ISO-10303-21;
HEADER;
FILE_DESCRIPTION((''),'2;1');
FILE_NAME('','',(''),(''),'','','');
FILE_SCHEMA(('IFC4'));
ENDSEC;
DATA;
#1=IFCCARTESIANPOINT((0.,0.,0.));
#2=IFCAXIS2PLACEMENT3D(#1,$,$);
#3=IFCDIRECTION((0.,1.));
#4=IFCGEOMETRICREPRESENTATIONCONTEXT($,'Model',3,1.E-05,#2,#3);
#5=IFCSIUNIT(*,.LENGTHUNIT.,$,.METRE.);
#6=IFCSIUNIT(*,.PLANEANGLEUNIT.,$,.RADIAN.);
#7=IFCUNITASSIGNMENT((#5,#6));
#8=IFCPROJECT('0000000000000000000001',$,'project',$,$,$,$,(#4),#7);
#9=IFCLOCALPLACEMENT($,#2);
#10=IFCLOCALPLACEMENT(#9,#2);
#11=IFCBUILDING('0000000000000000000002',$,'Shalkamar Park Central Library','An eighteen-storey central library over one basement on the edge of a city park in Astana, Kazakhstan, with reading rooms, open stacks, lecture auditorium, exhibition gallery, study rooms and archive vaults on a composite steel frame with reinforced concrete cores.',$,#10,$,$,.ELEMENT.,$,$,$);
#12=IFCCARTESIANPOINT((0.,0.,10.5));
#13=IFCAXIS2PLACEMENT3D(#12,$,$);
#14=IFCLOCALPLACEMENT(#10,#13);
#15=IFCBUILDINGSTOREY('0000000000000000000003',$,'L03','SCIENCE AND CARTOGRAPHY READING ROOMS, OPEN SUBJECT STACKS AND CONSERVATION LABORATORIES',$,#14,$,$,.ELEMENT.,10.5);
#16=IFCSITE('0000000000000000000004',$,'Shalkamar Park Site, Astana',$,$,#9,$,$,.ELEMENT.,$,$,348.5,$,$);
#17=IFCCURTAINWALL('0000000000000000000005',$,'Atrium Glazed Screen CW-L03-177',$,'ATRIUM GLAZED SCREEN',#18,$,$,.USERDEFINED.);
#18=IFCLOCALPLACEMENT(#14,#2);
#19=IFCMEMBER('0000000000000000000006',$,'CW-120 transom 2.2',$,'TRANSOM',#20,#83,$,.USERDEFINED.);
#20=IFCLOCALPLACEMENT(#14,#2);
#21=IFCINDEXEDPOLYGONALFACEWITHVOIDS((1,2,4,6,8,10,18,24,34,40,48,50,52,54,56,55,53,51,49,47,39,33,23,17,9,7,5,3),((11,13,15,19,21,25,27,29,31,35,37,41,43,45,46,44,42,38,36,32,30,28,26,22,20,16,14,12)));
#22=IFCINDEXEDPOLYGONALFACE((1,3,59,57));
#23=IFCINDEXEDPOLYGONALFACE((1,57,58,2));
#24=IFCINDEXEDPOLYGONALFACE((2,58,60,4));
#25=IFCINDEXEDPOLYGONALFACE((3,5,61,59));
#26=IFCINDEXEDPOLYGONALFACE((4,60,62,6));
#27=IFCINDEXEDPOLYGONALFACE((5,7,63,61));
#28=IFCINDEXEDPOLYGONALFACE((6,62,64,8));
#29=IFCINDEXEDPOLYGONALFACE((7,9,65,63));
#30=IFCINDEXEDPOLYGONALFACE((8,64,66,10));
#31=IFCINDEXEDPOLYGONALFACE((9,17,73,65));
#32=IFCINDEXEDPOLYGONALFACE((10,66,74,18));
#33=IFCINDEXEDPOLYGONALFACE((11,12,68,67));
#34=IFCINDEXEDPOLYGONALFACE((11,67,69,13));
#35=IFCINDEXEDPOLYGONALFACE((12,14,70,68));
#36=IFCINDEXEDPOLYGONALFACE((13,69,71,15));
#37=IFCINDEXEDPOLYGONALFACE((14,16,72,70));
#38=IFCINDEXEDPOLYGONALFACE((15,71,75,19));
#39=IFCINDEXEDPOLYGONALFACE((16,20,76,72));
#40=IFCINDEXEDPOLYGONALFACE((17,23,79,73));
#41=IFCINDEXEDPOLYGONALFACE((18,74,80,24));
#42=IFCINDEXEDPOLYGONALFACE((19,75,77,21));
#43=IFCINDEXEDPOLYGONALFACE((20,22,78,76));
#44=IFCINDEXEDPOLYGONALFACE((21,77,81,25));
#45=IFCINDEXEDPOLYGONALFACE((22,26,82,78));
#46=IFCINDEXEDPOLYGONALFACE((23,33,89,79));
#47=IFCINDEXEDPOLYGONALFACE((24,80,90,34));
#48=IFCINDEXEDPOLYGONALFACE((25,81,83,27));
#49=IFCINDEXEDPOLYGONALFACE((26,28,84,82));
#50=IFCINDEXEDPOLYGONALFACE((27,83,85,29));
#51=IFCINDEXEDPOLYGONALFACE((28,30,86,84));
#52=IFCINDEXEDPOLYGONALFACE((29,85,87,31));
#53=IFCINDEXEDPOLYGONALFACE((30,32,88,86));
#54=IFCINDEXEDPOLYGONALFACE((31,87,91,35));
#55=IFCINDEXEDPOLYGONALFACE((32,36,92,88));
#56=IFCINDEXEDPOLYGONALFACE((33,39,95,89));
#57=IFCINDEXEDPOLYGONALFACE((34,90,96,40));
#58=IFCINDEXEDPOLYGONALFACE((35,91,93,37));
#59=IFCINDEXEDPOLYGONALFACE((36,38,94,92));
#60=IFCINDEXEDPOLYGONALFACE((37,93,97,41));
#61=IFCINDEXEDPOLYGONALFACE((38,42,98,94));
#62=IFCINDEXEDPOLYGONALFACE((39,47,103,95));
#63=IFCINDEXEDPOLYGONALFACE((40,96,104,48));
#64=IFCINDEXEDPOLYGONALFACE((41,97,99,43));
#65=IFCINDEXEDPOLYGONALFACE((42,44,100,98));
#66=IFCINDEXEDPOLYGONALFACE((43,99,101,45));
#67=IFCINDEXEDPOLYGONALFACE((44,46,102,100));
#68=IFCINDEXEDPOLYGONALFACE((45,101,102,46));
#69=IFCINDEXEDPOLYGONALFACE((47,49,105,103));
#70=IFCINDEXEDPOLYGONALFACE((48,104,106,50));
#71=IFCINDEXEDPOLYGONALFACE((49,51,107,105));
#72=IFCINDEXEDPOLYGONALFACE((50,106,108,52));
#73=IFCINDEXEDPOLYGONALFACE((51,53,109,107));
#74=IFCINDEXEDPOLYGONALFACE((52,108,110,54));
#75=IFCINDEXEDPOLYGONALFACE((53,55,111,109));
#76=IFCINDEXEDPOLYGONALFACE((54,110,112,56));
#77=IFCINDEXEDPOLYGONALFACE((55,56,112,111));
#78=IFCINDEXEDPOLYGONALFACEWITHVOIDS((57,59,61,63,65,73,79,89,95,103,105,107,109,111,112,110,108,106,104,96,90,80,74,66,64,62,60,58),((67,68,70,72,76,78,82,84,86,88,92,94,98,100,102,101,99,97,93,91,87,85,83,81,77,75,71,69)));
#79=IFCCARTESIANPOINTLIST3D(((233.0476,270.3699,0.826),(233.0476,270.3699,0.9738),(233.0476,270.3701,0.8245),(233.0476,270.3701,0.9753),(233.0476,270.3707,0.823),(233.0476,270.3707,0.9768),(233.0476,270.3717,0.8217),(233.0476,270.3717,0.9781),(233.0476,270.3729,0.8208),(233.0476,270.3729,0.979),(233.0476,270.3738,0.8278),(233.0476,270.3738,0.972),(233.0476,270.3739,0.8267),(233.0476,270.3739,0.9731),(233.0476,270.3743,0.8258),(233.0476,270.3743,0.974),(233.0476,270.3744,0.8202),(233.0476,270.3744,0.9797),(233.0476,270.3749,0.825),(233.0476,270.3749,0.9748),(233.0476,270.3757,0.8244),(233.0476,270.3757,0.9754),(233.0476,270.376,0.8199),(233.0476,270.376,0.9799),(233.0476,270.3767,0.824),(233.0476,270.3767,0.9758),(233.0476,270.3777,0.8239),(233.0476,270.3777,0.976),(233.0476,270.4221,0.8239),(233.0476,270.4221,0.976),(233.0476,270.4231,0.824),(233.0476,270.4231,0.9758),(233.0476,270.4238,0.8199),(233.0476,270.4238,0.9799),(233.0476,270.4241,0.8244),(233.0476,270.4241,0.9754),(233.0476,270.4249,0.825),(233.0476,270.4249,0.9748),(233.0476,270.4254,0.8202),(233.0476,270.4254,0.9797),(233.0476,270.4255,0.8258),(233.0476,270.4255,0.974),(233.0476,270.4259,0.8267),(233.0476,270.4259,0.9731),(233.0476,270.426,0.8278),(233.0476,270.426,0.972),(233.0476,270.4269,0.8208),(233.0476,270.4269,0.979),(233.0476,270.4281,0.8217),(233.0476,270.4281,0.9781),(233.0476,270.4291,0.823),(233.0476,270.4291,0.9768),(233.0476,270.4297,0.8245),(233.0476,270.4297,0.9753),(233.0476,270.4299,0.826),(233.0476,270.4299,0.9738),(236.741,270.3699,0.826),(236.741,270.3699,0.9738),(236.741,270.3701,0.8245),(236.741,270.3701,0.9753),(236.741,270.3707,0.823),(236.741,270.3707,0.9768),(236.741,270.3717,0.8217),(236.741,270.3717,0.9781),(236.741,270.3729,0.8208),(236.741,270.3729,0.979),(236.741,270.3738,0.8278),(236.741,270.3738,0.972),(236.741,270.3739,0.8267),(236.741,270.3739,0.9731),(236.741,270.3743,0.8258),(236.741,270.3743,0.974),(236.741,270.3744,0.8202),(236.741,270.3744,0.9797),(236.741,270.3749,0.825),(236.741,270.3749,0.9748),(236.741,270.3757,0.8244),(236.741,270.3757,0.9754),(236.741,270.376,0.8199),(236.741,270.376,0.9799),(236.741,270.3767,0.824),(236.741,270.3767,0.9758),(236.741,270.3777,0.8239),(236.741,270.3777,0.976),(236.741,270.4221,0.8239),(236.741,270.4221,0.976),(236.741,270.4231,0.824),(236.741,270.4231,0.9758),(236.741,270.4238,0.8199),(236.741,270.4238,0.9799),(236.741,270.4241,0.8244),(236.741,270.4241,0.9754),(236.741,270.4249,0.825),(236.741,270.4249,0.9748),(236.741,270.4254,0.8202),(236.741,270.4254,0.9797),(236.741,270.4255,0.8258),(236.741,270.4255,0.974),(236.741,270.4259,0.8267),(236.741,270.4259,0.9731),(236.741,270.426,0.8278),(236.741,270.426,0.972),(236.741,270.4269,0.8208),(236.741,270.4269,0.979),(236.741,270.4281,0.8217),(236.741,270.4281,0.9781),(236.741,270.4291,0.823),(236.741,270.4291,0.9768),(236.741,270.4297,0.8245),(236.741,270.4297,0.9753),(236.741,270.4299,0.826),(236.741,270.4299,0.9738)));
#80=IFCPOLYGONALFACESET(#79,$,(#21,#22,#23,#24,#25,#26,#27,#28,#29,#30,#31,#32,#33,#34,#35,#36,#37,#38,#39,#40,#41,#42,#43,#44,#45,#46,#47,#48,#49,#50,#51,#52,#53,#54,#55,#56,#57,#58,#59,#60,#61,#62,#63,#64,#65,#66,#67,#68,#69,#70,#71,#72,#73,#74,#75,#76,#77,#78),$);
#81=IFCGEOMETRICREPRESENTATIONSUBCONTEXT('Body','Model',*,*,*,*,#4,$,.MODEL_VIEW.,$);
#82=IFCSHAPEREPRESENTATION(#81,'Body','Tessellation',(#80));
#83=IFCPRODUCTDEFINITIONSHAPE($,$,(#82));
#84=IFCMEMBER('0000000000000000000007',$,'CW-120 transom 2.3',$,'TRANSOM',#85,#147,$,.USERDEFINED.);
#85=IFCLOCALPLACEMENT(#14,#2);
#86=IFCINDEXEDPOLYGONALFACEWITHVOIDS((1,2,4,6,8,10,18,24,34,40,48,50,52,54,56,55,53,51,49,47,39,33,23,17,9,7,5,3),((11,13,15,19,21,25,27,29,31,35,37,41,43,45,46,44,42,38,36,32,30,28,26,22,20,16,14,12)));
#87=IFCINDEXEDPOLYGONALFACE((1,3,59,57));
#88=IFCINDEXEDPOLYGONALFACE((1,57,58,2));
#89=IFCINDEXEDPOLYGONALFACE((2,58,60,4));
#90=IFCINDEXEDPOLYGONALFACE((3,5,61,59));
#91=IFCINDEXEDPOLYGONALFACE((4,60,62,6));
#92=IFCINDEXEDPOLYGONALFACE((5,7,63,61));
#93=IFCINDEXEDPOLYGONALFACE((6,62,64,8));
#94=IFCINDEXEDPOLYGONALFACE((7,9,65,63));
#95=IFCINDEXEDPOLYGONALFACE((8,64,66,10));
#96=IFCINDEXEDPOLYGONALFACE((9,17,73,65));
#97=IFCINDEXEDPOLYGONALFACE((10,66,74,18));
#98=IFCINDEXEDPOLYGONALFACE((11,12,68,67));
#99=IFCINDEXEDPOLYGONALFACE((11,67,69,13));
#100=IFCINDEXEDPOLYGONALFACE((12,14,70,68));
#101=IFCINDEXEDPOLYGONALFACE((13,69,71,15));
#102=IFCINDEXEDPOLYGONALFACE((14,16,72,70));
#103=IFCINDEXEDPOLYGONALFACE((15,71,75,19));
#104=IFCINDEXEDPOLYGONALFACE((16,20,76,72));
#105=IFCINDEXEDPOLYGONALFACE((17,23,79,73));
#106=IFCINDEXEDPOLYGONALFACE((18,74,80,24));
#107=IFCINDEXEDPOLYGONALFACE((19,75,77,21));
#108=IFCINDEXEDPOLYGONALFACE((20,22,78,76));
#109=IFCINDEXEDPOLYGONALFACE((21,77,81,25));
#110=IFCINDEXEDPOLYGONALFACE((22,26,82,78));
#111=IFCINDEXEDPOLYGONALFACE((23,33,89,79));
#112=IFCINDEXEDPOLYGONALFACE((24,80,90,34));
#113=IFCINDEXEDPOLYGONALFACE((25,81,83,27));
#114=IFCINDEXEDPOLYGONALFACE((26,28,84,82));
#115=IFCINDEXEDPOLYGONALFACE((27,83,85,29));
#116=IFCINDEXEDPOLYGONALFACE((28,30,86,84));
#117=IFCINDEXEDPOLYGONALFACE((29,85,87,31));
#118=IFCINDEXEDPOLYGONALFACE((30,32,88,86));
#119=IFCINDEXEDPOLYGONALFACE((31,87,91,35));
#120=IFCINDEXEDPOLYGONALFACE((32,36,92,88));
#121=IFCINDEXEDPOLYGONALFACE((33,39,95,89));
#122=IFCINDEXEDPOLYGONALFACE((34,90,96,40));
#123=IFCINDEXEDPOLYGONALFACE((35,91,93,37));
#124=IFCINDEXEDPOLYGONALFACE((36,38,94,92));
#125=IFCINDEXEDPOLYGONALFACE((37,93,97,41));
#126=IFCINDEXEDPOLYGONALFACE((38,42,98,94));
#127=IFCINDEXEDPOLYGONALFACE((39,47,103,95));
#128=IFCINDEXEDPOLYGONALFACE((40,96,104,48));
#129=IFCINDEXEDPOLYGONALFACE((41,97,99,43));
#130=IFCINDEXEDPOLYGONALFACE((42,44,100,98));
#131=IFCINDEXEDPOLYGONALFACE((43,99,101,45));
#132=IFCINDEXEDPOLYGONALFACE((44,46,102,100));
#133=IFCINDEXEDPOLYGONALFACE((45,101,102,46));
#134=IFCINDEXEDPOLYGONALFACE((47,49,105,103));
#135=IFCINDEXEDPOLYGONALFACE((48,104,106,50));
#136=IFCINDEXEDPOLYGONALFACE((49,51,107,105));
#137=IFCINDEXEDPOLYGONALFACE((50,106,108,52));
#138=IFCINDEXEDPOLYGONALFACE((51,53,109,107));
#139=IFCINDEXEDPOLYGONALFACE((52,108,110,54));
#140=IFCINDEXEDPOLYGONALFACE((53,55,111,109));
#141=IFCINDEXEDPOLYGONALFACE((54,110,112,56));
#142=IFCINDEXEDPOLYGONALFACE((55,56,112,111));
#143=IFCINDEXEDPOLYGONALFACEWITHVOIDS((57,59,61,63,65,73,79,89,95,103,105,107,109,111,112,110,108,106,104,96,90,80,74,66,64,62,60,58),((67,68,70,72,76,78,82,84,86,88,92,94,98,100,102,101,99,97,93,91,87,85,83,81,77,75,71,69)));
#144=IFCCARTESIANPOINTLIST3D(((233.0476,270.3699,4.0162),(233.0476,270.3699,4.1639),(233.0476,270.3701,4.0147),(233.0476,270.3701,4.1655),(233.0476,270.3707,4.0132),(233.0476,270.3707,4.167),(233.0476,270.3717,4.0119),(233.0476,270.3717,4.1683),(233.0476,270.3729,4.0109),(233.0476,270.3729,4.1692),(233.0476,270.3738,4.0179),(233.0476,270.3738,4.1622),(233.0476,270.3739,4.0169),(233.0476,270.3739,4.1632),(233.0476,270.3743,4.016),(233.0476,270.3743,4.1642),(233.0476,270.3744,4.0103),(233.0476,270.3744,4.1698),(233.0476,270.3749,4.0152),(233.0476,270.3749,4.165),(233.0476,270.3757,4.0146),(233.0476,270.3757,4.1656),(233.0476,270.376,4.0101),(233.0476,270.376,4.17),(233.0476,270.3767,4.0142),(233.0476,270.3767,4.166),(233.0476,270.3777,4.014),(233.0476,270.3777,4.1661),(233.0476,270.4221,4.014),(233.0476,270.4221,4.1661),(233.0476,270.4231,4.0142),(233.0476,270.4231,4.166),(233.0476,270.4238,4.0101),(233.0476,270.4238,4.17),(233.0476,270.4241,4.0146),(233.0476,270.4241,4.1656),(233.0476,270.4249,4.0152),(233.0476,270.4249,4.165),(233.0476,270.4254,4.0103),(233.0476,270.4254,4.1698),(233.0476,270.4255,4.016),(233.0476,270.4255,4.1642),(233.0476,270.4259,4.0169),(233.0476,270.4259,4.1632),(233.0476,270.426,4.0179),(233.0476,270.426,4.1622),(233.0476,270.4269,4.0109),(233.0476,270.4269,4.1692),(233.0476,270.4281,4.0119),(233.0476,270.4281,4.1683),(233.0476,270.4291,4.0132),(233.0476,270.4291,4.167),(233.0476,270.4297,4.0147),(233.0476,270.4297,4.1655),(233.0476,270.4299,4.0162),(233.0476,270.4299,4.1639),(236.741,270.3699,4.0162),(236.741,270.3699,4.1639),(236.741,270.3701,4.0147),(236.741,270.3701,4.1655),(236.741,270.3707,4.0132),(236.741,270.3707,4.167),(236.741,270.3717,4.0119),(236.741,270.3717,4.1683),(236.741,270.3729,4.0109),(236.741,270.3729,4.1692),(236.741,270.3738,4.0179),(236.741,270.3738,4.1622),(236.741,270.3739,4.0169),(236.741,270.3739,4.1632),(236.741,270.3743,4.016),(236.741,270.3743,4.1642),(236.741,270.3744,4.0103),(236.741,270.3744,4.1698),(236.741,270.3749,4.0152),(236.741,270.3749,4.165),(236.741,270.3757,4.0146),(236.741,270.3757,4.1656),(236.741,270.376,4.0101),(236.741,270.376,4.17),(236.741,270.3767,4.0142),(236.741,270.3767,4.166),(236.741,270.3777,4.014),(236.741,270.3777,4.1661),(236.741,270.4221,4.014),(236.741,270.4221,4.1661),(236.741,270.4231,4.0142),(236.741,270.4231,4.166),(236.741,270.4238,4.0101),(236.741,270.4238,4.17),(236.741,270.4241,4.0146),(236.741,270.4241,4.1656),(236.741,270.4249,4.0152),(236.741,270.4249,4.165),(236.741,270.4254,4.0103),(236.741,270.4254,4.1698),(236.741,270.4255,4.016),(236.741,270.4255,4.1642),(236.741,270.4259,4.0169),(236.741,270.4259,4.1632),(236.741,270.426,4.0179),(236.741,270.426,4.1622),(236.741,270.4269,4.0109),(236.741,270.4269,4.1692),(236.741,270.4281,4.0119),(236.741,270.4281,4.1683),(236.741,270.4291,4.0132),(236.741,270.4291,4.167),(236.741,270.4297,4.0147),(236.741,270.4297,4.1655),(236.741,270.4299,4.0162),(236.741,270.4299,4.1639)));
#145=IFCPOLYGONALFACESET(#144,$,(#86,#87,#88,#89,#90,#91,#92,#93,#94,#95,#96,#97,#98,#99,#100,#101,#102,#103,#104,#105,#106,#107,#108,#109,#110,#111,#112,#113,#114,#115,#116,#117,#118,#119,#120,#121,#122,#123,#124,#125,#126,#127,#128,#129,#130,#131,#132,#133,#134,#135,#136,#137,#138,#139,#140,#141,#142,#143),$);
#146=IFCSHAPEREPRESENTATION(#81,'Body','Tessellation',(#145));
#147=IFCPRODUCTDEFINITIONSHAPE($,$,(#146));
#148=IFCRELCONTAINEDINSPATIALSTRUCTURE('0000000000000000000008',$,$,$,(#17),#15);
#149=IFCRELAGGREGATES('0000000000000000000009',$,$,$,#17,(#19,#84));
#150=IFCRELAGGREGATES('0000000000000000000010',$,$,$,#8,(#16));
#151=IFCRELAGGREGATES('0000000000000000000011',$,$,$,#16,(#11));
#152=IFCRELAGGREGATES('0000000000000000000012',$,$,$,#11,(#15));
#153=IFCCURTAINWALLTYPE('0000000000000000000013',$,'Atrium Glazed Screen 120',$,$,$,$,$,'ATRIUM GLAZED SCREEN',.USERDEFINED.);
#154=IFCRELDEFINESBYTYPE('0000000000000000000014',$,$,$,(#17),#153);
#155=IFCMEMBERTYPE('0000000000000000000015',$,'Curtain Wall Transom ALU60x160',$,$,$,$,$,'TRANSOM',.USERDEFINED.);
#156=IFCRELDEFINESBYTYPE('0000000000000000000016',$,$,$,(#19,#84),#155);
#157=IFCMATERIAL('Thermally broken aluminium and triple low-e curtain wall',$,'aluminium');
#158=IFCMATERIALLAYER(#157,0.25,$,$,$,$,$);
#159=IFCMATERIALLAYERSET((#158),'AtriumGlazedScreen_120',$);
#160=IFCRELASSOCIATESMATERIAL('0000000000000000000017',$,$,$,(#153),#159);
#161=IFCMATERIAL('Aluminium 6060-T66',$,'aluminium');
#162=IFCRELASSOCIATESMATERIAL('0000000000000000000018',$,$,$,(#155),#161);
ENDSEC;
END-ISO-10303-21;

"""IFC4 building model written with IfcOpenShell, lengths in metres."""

from ifc_helpers import new_model, si_unit, direction, frame, origin, origin_2d, place, context, subcontext, project, spatial, hollow_rectangle, extrude, material, layer, layer_set, material_profile, profile_set, type_object, element, aggregate, save


model = new_model("IFC4")

# Units and contexts
model_context = context("Model", 3, precision=1e-05, world=origin(), true_north=direction((0.0, 1.0)))
body_context = subcontext(model_context, "Body", "Model", "MODEL_VIEW")
ifc_project = project(units=[si_unit("LENGTHUNIT", "METRE"), si_unit("PLANEANGLEUNIT", "RADIAN")], contexts=[model_context])

# Site, building, storey
site_placement = place(None, origin())
site = spatial("IfcSite", under=ifc_project, at=site_placement, Name="Shalkamar Park Site, Astana", CompositionType="ELEMENT", RefElevation=348.5)
building_placement = place(site_placement, origin())
building = spatial("IfcBuilding", under=site, at=building_placement, Name="Shalkamar Park Central Library", Description="An eighteen-storey central library over one basement on the edge of a city park in Astana, Kazakhstan, with reading rooms, open stacks, lecture auditorium, exhibition gallery, study rooms and archive vaults on a composite steel frame with reinforced concrete cores.", CompositionType="ELEMENT")
storey_placement = place(building_placement, frame((0.0, 0.0, 10.5)))
storey = spatial("IfcBuildingStorey", under=building, at=storey_placement, Name="L03", Description="SCIENCE AND CARTOGRAPHY READING ROOMS, OPEN SUBJECT STACKS AND CONSERVATION LABORATORIES", CompositionType="ELEMENT", Elevation=10.5)

# Curtain wall
ifc_material_1 = material(Name="Thermally broken aluminium and triple low-e curtain wall", Category="aluminium")
ifc_layer_1 = layer(ifc_material_1, 0.25)
ifc_layer_set_1 = layer_set([ifc_layer_1], Name="AtriumGlazedScreen_120")
curtain_wall_type_1 = type_object("IfcCurtainWallType", Name="Atrium Glazed Screen 120", ElementType="ATRIUM GLAZED SCREEN", PredefinedType="USERDEFINED", material=ifc_layer_set_1)
curtain_wall_1_placement = place(storey_placement, origin())
curtain_wall_1 = element("IfcCurtainWall", 1, at=curtain_wall_1_placement, inside=storey, type_object=curtain_wall_type_1, Name="Atrium Glazed Screen CW-L03-177", ObjectType="ATRIUM GLAZED SCREEN", PredefinedType="USERDEFINED")
ifc_material_2 = material(Name="Aluminium 6060-T66", Category="aluminium")

# Members
ifc_material_profile_1 = material_profile(ifc_material_2, hollow_rectangle(XDim=0.0601, YDim=0.1599, WallThickness=0.0039, InnerFilletRadius=0.0039, OuterFilletRadius=0.0061, at=origin_2d()), Name="ALU 60x160x4")
ifc_profile_set_1 = profile_set([ifc_material_profile_1], Name="Aluminium 6060-T66")
member_type_1 = type_object("IfcMemberType", Name="Curtain Wall Transom ALU60x160", ElementType="TRANSOM", PredefinedType="USERDEFINED", material=ifc_profile_set_1)
member_1_placement = place(storey_placement, frame((233.0476, 270.3999, 0.8999), z_axis=(1.0, 0.0, 0.0), x_axis=(0.0, 1.0, 0.0)))
member_1 = element("IfcMember", 2, at=member_1_placement, type_object=member_type_1, Name="CW-120 transom 2.2", ObjectType="TRANSOM", PredefinedType="USERDEFINED", context=body_context, shape_type="SweptSolid", body=[
    extrude(hollow_rectangle(XDim=0.0601, YDim=0.1599, WallThickness=0.0039, InnerFilletRadius=0.0039, OuterFilletRadius=0.0061, at=origin_2d()), origin(), (0.0, 0.0, 1.0), 3.6934),
])
member_2_placement = place(storey_placement, frame((233.0476, 270.3999, 4.0901), z_axis=(1.0, 0.0, 0.0), x_axis=(0.0, 1.0, 0.0)))
member_2 = element("IfcMember", 3, at=member_2_placement, type_object=member_type_1, Name="CW-120 transom 2.3", ObjectType="TRANSOM", PredefinedType="USERDEFINED", context=body_context, shape_type="SweptSolid", body=[
    extrude(hollow_rectangle(XDim=0.0601, YDim=0.1599, WallThickness=0.0039, InnerFilletRadius=0.0039, OuterFilletRadius=0.0061, at=origin_2d()), origin(), (0.0, 0.0, 1.0), 3.6934),
])

aggregate(curtain_wall_1, [member_1, member_2])

save(model, "model.ifc")
